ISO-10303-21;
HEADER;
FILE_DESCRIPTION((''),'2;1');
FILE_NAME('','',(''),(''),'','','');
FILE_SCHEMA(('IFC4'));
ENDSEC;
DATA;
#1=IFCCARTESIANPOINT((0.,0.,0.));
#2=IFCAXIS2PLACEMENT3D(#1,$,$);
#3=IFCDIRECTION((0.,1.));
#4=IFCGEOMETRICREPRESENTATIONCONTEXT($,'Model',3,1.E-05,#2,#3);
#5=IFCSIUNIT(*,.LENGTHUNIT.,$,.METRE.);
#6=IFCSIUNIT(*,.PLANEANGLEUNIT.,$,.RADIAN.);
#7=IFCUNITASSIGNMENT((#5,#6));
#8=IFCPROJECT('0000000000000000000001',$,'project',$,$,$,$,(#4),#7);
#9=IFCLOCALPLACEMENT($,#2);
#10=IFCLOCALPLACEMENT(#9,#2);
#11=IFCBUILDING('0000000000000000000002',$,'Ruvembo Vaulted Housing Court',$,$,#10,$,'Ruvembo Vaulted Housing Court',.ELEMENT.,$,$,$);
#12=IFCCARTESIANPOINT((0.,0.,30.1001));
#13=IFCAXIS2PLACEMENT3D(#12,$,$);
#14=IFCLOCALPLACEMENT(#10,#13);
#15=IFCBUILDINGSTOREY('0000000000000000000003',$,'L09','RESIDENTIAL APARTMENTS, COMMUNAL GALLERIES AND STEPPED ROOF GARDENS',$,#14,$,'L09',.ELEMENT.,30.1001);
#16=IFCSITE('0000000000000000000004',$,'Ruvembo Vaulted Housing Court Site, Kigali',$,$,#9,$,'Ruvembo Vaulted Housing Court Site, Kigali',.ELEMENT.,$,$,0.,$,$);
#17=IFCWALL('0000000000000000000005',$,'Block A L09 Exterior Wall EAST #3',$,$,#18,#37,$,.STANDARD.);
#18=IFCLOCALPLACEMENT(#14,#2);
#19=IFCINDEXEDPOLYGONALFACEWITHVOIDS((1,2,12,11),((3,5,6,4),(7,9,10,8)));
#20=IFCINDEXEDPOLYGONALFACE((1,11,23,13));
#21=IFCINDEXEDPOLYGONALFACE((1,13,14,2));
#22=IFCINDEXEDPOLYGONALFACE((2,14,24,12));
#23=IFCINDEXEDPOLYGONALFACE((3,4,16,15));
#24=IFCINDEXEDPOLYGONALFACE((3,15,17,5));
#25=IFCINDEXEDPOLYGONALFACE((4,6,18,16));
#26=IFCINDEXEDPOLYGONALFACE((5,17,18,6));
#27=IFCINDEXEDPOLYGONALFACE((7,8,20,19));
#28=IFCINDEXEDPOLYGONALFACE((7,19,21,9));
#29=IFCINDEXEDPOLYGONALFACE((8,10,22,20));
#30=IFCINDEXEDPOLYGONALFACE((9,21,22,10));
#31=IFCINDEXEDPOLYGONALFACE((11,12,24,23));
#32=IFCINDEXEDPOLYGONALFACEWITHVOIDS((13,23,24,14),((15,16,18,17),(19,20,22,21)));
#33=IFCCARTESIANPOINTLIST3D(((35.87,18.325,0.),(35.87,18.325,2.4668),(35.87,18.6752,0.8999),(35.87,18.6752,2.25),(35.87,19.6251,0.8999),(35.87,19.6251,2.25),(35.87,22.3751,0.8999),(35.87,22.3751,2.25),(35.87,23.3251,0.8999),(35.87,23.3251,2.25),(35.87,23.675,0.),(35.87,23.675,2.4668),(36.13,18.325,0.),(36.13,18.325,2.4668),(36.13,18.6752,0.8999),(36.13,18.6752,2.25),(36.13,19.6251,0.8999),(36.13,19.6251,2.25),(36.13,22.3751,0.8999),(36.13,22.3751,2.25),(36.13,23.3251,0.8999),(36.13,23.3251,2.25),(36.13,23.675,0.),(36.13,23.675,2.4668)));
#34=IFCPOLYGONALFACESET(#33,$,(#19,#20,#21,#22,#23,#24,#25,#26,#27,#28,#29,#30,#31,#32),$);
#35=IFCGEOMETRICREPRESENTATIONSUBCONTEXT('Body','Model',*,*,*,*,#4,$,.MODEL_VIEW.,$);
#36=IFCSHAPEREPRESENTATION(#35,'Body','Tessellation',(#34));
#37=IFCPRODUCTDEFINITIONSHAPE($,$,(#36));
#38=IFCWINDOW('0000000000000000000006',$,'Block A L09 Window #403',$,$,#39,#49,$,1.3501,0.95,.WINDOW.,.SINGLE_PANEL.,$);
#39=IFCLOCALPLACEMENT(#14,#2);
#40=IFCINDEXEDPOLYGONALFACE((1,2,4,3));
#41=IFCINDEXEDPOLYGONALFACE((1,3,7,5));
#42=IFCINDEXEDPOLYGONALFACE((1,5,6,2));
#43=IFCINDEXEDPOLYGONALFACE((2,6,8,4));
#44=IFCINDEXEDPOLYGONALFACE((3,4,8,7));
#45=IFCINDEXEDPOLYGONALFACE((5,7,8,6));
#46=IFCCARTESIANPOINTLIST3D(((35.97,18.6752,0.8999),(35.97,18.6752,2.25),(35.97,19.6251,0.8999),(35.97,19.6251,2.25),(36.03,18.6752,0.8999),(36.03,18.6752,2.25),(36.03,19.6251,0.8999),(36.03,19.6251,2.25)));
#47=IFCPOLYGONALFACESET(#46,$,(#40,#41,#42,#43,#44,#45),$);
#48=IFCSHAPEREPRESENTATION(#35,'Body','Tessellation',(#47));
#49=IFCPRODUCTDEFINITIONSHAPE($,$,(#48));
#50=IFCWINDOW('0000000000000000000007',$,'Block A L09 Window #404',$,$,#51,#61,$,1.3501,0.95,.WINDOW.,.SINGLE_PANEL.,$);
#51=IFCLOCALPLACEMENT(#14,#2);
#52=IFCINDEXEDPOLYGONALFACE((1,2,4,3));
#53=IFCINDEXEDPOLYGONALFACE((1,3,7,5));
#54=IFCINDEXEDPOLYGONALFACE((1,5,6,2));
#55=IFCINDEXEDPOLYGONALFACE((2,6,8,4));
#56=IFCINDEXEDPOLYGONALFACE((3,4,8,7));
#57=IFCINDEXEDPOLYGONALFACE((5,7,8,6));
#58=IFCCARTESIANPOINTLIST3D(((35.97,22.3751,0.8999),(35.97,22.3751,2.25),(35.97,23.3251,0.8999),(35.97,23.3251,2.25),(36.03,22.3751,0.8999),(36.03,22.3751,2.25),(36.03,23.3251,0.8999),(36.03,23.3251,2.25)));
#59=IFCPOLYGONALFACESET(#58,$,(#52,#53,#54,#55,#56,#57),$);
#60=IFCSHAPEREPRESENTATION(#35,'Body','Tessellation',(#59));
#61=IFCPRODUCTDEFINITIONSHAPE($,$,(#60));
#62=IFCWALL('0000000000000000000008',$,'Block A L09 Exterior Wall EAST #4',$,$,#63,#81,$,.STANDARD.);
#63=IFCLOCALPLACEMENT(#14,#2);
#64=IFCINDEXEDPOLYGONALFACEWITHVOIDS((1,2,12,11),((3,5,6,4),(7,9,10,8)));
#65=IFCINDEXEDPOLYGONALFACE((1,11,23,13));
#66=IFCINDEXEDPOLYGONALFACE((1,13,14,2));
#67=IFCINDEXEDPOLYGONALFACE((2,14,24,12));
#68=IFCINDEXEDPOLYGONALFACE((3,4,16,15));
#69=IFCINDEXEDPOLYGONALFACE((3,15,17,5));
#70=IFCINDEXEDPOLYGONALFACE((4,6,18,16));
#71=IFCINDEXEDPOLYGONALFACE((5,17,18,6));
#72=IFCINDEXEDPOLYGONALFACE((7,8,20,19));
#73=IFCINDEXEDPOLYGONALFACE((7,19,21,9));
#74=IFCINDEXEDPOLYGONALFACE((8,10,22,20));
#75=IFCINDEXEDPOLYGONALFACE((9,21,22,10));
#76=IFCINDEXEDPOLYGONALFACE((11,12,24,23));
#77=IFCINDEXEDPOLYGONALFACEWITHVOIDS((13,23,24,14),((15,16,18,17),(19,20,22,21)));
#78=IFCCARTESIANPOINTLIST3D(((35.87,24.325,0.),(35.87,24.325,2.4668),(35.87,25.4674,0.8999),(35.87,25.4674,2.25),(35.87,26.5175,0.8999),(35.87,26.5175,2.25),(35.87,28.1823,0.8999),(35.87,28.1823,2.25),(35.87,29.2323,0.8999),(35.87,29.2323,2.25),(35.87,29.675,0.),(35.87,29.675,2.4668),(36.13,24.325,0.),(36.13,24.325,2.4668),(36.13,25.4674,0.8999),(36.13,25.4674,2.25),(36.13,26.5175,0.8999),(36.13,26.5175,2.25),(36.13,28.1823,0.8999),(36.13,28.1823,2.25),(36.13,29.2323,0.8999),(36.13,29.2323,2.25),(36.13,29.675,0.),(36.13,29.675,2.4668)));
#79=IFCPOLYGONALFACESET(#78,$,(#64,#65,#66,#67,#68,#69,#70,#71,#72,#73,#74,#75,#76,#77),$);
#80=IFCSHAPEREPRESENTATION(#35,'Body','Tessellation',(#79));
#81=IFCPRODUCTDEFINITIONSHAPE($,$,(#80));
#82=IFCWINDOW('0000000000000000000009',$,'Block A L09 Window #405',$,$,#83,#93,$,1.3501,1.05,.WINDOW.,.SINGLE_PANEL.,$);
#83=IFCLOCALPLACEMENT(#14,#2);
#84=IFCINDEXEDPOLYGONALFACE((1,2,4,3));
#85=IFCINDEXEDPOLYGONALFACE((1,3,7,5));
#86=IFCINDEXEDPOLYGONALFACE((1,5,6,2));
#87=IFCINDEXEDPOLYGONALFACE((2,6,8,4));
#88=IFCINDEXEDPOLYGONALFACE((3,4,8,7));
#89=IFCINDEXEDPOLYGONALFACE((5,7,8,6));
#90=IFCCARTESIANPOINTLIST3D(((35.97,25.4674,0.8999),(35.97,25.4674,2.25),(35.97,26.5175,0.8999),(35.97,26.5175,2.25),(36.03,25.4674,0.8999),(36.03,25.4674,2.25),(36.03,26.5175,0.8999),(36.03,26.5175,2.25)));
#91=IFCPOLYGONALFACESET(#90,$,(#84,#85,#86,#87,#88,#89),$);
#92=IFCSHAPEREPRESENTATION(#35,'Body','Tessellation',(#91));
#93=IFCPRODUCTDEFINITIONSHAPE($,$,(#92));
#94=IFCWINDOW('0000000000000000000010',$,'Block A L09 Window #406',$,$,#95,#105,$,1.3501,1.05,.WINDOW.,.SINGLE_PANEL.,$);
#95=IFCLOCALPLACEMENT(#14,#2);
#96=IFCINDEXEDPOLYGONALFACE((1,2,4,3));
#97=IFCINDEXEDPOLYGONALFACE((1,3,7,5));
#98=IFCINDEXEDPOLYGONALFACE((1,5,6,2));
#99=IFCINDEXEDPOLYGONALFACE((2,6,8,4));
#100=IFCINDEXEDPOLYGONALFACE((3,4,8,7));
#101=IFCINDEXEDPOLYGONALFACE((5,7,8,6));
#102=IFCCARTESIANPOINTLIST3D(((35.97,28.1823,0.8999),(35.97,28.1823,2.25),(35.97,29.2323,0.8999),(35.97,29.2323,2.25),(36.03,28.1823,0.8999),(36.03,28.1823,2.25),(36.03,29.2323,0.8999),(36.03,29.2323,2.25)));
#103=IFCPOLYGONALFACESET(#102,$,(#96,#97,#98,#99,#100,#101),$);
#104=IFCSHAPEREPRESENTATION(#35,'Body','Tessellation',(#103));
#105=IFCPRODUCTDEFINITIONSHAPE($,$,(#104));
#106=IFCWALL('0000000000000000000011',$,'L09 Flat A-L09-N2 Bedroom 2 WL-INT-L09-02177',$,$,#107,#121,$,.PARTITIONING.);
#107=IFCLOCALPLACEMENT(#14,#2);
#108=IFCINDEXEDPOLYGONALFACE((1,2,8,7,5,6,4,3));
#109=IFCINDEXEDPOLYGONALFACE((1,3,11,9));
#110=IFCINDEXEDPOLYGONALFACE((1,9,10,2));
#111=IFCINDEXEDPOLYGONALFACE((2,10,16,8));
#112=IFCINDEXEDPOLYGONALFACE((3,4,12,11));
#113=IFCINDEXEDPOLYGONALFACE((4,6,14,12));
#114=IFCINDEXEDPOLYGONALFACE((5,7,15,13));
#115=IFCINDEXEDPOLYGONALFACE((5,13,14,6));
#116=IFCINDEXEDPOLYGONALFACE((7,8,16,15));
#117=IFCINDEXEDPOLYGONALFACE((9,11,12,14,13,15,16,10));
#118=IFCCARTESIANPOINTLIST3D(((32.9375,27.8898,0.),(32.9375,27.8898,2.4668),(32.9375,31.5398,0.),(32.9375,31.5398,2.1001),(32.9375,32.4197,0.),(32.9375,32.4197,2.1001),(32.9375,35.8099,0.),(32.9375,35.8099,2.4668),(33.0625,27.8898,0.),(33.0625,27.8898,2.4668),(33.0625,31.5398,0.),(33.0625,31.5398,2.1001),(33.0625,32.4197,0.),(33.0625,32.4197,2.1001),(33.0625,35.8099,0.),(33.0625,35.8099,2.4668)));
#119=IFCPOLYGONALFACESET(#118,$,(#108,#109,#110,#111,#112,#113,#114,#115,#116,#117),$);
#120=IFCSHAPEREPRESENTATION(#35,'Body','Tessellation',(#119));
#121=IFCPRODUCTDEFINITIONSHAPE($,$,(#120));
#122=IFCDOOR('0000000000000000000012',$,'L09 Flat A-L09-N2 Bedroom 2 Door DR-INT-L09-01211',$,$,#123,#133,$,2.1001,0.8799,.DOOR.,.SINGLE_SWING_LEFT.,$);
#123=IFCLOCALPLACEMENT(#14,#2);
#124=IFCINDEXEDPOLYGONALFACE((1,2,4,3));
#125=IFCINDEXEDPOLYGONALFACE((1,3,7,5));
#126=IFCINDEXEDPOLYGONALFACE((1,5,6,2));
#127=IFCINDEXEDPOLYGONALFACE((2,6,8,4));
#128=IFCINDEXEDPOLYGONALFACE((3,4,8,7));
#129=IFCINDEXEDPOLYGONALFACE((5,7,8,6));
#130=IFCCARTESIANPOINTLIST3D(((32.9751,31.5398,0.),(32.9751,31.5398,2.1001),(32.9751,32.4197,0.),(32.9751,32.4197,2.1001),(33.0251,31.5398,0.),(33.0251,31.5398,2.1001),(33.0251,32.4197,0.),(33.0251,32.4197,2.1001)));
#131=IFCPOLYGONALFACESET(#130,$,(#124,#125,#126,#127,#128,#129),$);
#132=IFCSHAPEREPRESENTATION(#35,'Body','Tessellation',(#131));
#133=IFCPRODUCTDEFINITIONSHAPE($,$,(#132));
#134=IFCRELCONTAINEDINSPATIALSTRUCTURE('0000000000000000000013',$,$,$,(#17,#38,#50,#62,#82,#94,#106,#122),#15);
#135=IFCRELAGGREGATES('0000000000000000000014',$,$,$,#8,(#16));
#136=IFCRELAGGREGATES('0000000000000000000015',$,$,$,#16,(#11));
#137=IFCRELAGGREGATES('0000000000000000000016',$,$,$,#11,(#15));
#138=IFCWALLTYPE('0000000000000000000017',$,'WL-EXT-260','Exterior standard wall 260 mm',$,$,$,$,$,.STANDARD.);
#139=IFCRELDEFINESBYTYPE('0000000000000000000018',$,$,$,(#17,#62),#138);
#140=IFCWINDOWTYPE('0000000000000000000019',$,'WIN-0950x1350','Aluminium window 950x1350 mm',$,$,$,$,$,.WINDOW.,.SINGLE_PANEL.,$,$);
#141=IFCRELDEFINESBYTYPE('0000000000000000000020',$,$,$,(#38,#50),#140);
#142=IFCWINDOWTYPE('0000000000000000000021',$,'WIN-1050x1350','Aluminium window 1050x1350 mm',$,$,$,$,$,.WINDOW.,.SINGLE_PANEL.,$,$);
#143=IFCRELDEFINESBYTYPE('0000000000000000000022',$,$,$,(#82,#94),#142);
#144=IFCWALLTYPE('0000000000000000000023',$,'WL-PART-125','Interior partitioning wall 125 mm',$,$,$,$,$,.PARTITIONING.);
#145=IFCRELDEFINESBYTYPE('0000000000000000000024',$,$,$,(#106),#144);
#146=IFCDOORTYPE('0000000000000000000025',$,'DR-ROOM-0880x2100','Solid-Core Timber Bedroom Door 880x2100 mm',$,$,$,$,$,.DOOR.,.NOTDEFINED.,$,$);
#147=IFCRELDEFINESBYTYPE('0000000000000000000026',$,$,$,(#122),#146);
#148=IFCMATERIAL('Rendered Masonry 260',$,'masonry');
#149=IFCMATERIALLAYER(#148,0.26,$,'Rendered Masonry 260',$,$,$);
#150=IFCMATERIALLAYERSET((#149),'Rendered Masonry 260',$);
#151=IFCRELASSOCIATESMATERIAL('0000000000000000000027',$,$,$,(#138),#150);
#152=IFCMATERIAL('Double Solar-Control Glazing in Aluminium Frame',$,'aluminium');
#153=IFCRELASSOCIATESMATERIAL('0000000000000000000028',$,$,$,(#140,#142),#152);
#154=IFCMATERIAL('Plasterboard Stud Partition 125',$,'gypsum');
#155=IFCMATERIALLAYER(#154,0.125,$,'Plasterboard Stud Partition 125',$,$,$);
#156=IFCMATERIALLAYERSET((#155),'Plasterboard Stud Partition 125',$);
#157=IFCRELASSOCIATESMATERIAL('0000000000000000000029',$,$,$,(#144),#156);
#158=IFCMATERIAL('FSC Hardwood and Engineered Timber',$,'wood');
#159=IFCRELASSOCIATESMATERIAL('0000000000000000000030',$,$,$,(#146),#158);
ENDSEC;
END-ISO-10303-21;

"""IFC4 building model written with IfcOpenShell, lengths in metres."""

from ifc_helpers import new_model, si_unit, direction, frame, frame_2d, origin, place, context, subcontext, project, spatial, rectangle, extrude, material, layer, layer_set, type_object, element, fill, save


model = new_model("IFC4")

# Units and contexts
model_context = context("Model", 3, precision=1e-05, world=origin(), true_north=direction((0.0, 1.0)))
body_context = subcontext(model_context, "Body", "Model", "MODEL_VIEW")
ifc_project = project(units=[si_unit("LENGTHUNIT", "METRE"), si_unit("PLANEANGLEUNIT", "RADIAN")], contexts=[model_context])

# Site, building, storey
site_placement = place(None, origin())
site = spatial("IfcSite", under=ifc_project, at=site_placement, Name="Ruvembo Vaulted Housing Court Site, Kigali", LongName="Ruvembo Vaulted Housing Court Site, Kigali", CompositionType="ELEMENT", RefElevation=0.0)
building_placement = place(site_placement, origin())
building = spatial("IfcBuilding", under=site, at=building_placement, Name="Ruvembo Vaulted Housing Court", LongName="Ruvembo Vaulted Housing Court", CompositionType="ELEMENT")
storey_placement = place(building_placement, frame((0.0, 0.0, 30.1001)))
storey = spatial("IfcBuildingStorey", under=building, at=storey_placement, Name="L09", Description="RESIDENTIAL APARTMENTS, COMMUNAL GALLERIES AND STEPPED ROOF GARDENS", LongName="L09", CompositionType="ELEMENT", Elevation=30.1001)

# Walls, openings, windows
ifc_material_1 = material(Name="Rendered Masonry 260", Category="masonry")
ifc_layer_1 = layer(ifc_material_1, 0.26, Name="Rendered Masonry 260")
ifc_layer_set_1 = layer_set([ifc_layer_1], Name="Rendered Masonry 260")
wall_type_1 = type_object("IfcWallType", Name="WL-EXT-260", Description="Exterior standard wall 260 mm", PredefinedType="STANDARD", material=ifc_layer_set_1)
wall_1_placement = place(storey_placement, frame((36.0, 18.325, 0.0), z_axis=(0.0, 0.0, 1.0), x_axis=(0.0, 1.0, 0.0)))
wall_1 = element("IfcWall", 1, at=wall_1_placement, inside=storey, type_object=wall_type_1, Name="Block A L09 Exterior Wall EAST #3", PredefinedType="STANDARD", context=body_context, shape_type="SweptSolid", body=[
    extrude(rectangle(XDim=5.3501, YDim=0.26, at=frame_2d((2.675, 0.0))), origin(), (0.0, 0.0, 1.0), 2.4668),
])
opening_1_placement = place(wall_1_placement, frame((0.3501, 0.0, 0.8999)))
opening_1 = element("IfcOpeningElement", 2, at=opening_1_placement, cuts=wall_1, PredefinedType="OPENING", context=body_context, shape_type="SweptSolid", body=[
    extrude(rectangle(XDim=0.95, YDim=1.3501, at=frame_2d((0.4751, 0.675))), frame((0.0, 0.1399, 0.0), z_axis=(0.0, -1.0, 0.0), x_axis=(1.0, 0.0, 0.0)), (0.0, 0.0, 1.0), 0.28),
])
opening_2_placement = place(wall_1_placement, frame((4.05, 0.0, 0.8999)))
opening_2 = element("IfcOpeningElement", 3, at=opening_2_placement, cuts=wall_1, PredefinedType="OPENING", context=body_context, shape_type="SweptSolid", body=[
    extrude(rectangle(XDim=0.95, YDim=1.3501, at=frame_2d((0.4751, 0.675))), frame((0.0, 0.1399, 0.0), z_axis=(0.0, -1.0, 0.0), x_axis=(1.0, 0.0, 0.0)), (0.0, 0.0, 1.0), 0.28),
])
ifc_material_2 = material(Name="Double Solar-Control Glazing in Aluminium Frame", Category="aluminium")
window_type_1 = type_object("IfcWindowType", Name="WIN-0950x1350", Description="Aluminium window 950x1350 mm", PartitioningType="SINGLE_PANEL", PredefinedType="WINDOW", material=ifc_material_2)
window_1_placement = place(opening_1_placement, origin())
window_1 = element("IfcWindow", 4, at=window_1_placement, inside=storey, type_object=window_type_1, Name="Block A L09 Window #403", OverallHeight=1.3501, OverallWidth=0.95, PartitioningType="SINGLE_PANEL", PredefinedType="WINDOW", context=body_context, shape_type="SweptSolid", body=[
    extrude(rectangle(XDim=0.95, YDim=1.3501, at=frame_2d((0.4751, 0.675))), frame((0.0, 0.03, 0.0), z_axis=(0.0, -1.0, 0.0), x_axis=(1.0, 0.0, 0.0)), (0.0, 0.0, 1.0), 0.0601),
])
fill(opening_1, window_1)
window_2_placement = place(opening_2_placement, origin())
window_2 = element("IfcWindow", 5, at=window_2_placement, inside=storey, type_object=window_type_1, Name="Block A L09 Window #404", OverallHeight=1.3501, OverallWidth=0.95, PartitioningType="SINGLE_PANEL", PredefinedType="WINDOW", context=body_context, shape_type="SweptSolid", body=[
    extrude(rectangle(XDim=0.95, YDim=1.3501, at=frame_2d((0.4751, 0.675))), frame((0.0, 0.03, 0.0), z_axis=(0.0, -1.0, 0.0), x_axis=(1.0, 0.0, 0.0)), (0.0, 0.0, 1.0), 0.0601),
])
fill(opening_2, window_2)
wall_2_placement = place(storey_placement, frame((36.0, 24.325, 0.0), z_axis=(0.0, 0.0, 1.0), x_axis=(0.0, 1.0, 0.0)))
wall_2 = element("IfcWall", 6, at=wall_2_placement, inside=storey, type_object=wall_type_1, Name="Block A L09 Exterior Wall EAST #4", PredefinedType="STANDARD", context=body_context, shape_type="SweptSolid", body=[
    extrude(rectangle(XDim=5.3501, YDim=0.26, at=frame_2d((2.675, 0.0))), origin(), (0.0, 0.0, 1.0), 2.4668),
])
opening_3_placement = place(wall_2_placement, frame((1.1426, 0.0, 0.8999)))
opening_3 = element("IfcOpeningElement", 7, at=opening_3_placement, cuts=wall_2, PredefinedType="OPENING", context=body_context, shape_type="SweptSolid", body=[
    extrude(rectangle(XDim=1.05, YDim=1.3501, at=frame_2d((0.5249, 0.675))), frame((0.0, 0.1399, 0.0), z_axis=(0.0, -1.0, 0.0), x_axis=(1.0, 0.0, 0.0)), (0.0, 0.0, 1.0), 0.28),
])
opening_4_placement = place(wall_2_placement, frame((3.8574, 0.0, 0.8999)))
opening_4 = element("IfcOpeningElement", 8, at=opening_4_placement, cuts=wall_2, PredefinedType="OPENING", context=body_context, shape_type="SweptSolid", body=[
    extrude(rectangle(XDim=1.05, YDim=1.3501, at=frame_2d((0.5249, 0.675))), frame((0.0, 0.1399, 0.0), z_axis=(0.0, -1.0, 0.0), x_axis=(1.0, 0.0, 0.0)), (0.0, 0.0, 1.0), 0.28),
])
window_type_2 = type_object("IfcWindowType", Name="WIN-1050x1350", Description="Aluminium window 1050x1350 mm", PartitioningType="SINGLE_PANEL", PredefinedType="WINDOW", material=ifc_material_2)
window_3_placement = place(opening_3_placement, origin())
window_3 = element("IfcWindow", 9, at=window_3_placement, inside=storey, type_object=window_type_2, Name="Block A L09 Window #405", OverallHeight=1.3501, OverallWidth=1.05, PartitioningType="SINGLE_PANEL", PredefinedType="WINDOW", context=body_context, shape_type="SweptSolid", body=[
    extrude(rectangle(XDim=1.05, YDim=1.3501, at=frame_2d((0.5249, 0.675))), frame((0.0, 0.03, 0.0), z_axis=(0.0, -1.0, 0.0), x_axis=(1.0, 0.0, 0.0)), (0.0, 0.0, 1.0), 0.0601),
])
fill(opening_3, window_3)
window_4_placement = place(opening_4_placement, origin())
window_4 = element("IfcWindow", 10, at=window_4_placement, inside=storey, type_object=window_type_2, Name="Block A L09 Window #406", OverallHeight=1.3501, OverallWidth=1.05, PartitioningType="SINGLE_PANEL", PredefinedType="WINDOW", context=body_context, shape_type="SweptSolid", body=[
    extrude(rectangle(XDim=1.05, YDim=1.3501, at=frame_2d((0.5249, 0.675))), frame((0.0, 0.03, 0.0), z_axis=(0.0, -1.0, 0.0), x_axis=(1.0, 0.0, 0.0)), (0.0, 0.0, 1.0), 0.0601),
])
fill(opening_4, window_4)

# Wall, opening, door
ifc_material_3 = material(Name="Plasterboard Stud Partition 125", Category="gypsum")
ifc_layer_2 = layer(ifc_material_3, 0.125, Name="Plasterboard Stud Partition 125")
ifc_layer_set_2 = layer_set([ifc_layer_2], Name="Plasterboard Stud Partition 125")
wall_type_2 = type_object("IfcWallType", Name="WL-PART-125", Description="Interior partitioning wall 125 mm", PredefinedType="PARTITIONING", material=ifc_layer_set_2)
wall_3_placement = place(storey_placement, frame((33.0, 27.8899, 0.0), z_axis=(0.0, 0.0, 1.0), x_axis=(0.0, 1.0, 0.0)))
wall_3 = element("IfcWall", 11, at=wall_3_placement, inside=storey, type_object=wall_type_2, Name="L09 Flat A-L09-N2 Bedroom 2 WL-INT-L09-02177", PredefinedType="PARTITIONING", context=body_context, shape_type="SweptSolid", body=[
    extrude(rectangle(XDim=7.9202, YDim=0.125, at=frame_2d((3.96, 0.0))), origin(), (0.0, 0.0, 1.0), 2.4668),
])
opening_5_placement = place(wall_3_placement, frame((3.6499, 0.0, 0.0)))
opening_5 = element("IfcOpeningElement", 12, at=opening_5_placement, cuts=wall_3, PredefinedType="OPENING", context=body_context, shape_type="SweptSolid", body=[
    extrude(rectangle(XDim=0.8799, YDim=2.1001, at=frame_2d((0.4399, 1.05))), frame((0.0, 0.0725, 0.0), z_axis=(0.0, -1.0, 0.0), x_axis=(1.0, 0.0, 0.0)), (0.0, 0.0, 1.0), 0.145),
])
ifc_material_4 = material(Name="FSC Hardwood and Engineered Timber", Category="wood")
door_type = type_object("IfcDoorType", Name="DR-ROOM-0880x2100", Description="Solid-Core Timber Bedroom Door 880x2100 mm", OperationType="NOTDEFINED", PredefinedType="DOOR", material=ifc_material_4)
door_placement = place(opening_5_placement, origin())
door = element("IfcDoor", 13, at=door_placement, inside=storey, type_object=door_type, Name="L09 Flat A-L09-N2 Bedroom 2 Door DR-INT-L09-01211", OperationType="SINGLE_SWING_LEFT", OverallHeight=2.1001, OverallWidth=0.8799, PredefinedType="DOOR", context=body_context, shape_type="SweptSolid", body=[
    extrude(rectangle(XDim=0.8799, YDim=2.1001, at=frame_2d((0.4399, 1.05))), frame((0.0, 0.0249, 0.0), z_axis=(0.0, -1.0, 0.0), x_axis=(1.0, 0.0, 0.0)), (0.0, 0.0, 1.0), 0.05),
])
fill(opening_5, door)

save(model, "model.ifc")
